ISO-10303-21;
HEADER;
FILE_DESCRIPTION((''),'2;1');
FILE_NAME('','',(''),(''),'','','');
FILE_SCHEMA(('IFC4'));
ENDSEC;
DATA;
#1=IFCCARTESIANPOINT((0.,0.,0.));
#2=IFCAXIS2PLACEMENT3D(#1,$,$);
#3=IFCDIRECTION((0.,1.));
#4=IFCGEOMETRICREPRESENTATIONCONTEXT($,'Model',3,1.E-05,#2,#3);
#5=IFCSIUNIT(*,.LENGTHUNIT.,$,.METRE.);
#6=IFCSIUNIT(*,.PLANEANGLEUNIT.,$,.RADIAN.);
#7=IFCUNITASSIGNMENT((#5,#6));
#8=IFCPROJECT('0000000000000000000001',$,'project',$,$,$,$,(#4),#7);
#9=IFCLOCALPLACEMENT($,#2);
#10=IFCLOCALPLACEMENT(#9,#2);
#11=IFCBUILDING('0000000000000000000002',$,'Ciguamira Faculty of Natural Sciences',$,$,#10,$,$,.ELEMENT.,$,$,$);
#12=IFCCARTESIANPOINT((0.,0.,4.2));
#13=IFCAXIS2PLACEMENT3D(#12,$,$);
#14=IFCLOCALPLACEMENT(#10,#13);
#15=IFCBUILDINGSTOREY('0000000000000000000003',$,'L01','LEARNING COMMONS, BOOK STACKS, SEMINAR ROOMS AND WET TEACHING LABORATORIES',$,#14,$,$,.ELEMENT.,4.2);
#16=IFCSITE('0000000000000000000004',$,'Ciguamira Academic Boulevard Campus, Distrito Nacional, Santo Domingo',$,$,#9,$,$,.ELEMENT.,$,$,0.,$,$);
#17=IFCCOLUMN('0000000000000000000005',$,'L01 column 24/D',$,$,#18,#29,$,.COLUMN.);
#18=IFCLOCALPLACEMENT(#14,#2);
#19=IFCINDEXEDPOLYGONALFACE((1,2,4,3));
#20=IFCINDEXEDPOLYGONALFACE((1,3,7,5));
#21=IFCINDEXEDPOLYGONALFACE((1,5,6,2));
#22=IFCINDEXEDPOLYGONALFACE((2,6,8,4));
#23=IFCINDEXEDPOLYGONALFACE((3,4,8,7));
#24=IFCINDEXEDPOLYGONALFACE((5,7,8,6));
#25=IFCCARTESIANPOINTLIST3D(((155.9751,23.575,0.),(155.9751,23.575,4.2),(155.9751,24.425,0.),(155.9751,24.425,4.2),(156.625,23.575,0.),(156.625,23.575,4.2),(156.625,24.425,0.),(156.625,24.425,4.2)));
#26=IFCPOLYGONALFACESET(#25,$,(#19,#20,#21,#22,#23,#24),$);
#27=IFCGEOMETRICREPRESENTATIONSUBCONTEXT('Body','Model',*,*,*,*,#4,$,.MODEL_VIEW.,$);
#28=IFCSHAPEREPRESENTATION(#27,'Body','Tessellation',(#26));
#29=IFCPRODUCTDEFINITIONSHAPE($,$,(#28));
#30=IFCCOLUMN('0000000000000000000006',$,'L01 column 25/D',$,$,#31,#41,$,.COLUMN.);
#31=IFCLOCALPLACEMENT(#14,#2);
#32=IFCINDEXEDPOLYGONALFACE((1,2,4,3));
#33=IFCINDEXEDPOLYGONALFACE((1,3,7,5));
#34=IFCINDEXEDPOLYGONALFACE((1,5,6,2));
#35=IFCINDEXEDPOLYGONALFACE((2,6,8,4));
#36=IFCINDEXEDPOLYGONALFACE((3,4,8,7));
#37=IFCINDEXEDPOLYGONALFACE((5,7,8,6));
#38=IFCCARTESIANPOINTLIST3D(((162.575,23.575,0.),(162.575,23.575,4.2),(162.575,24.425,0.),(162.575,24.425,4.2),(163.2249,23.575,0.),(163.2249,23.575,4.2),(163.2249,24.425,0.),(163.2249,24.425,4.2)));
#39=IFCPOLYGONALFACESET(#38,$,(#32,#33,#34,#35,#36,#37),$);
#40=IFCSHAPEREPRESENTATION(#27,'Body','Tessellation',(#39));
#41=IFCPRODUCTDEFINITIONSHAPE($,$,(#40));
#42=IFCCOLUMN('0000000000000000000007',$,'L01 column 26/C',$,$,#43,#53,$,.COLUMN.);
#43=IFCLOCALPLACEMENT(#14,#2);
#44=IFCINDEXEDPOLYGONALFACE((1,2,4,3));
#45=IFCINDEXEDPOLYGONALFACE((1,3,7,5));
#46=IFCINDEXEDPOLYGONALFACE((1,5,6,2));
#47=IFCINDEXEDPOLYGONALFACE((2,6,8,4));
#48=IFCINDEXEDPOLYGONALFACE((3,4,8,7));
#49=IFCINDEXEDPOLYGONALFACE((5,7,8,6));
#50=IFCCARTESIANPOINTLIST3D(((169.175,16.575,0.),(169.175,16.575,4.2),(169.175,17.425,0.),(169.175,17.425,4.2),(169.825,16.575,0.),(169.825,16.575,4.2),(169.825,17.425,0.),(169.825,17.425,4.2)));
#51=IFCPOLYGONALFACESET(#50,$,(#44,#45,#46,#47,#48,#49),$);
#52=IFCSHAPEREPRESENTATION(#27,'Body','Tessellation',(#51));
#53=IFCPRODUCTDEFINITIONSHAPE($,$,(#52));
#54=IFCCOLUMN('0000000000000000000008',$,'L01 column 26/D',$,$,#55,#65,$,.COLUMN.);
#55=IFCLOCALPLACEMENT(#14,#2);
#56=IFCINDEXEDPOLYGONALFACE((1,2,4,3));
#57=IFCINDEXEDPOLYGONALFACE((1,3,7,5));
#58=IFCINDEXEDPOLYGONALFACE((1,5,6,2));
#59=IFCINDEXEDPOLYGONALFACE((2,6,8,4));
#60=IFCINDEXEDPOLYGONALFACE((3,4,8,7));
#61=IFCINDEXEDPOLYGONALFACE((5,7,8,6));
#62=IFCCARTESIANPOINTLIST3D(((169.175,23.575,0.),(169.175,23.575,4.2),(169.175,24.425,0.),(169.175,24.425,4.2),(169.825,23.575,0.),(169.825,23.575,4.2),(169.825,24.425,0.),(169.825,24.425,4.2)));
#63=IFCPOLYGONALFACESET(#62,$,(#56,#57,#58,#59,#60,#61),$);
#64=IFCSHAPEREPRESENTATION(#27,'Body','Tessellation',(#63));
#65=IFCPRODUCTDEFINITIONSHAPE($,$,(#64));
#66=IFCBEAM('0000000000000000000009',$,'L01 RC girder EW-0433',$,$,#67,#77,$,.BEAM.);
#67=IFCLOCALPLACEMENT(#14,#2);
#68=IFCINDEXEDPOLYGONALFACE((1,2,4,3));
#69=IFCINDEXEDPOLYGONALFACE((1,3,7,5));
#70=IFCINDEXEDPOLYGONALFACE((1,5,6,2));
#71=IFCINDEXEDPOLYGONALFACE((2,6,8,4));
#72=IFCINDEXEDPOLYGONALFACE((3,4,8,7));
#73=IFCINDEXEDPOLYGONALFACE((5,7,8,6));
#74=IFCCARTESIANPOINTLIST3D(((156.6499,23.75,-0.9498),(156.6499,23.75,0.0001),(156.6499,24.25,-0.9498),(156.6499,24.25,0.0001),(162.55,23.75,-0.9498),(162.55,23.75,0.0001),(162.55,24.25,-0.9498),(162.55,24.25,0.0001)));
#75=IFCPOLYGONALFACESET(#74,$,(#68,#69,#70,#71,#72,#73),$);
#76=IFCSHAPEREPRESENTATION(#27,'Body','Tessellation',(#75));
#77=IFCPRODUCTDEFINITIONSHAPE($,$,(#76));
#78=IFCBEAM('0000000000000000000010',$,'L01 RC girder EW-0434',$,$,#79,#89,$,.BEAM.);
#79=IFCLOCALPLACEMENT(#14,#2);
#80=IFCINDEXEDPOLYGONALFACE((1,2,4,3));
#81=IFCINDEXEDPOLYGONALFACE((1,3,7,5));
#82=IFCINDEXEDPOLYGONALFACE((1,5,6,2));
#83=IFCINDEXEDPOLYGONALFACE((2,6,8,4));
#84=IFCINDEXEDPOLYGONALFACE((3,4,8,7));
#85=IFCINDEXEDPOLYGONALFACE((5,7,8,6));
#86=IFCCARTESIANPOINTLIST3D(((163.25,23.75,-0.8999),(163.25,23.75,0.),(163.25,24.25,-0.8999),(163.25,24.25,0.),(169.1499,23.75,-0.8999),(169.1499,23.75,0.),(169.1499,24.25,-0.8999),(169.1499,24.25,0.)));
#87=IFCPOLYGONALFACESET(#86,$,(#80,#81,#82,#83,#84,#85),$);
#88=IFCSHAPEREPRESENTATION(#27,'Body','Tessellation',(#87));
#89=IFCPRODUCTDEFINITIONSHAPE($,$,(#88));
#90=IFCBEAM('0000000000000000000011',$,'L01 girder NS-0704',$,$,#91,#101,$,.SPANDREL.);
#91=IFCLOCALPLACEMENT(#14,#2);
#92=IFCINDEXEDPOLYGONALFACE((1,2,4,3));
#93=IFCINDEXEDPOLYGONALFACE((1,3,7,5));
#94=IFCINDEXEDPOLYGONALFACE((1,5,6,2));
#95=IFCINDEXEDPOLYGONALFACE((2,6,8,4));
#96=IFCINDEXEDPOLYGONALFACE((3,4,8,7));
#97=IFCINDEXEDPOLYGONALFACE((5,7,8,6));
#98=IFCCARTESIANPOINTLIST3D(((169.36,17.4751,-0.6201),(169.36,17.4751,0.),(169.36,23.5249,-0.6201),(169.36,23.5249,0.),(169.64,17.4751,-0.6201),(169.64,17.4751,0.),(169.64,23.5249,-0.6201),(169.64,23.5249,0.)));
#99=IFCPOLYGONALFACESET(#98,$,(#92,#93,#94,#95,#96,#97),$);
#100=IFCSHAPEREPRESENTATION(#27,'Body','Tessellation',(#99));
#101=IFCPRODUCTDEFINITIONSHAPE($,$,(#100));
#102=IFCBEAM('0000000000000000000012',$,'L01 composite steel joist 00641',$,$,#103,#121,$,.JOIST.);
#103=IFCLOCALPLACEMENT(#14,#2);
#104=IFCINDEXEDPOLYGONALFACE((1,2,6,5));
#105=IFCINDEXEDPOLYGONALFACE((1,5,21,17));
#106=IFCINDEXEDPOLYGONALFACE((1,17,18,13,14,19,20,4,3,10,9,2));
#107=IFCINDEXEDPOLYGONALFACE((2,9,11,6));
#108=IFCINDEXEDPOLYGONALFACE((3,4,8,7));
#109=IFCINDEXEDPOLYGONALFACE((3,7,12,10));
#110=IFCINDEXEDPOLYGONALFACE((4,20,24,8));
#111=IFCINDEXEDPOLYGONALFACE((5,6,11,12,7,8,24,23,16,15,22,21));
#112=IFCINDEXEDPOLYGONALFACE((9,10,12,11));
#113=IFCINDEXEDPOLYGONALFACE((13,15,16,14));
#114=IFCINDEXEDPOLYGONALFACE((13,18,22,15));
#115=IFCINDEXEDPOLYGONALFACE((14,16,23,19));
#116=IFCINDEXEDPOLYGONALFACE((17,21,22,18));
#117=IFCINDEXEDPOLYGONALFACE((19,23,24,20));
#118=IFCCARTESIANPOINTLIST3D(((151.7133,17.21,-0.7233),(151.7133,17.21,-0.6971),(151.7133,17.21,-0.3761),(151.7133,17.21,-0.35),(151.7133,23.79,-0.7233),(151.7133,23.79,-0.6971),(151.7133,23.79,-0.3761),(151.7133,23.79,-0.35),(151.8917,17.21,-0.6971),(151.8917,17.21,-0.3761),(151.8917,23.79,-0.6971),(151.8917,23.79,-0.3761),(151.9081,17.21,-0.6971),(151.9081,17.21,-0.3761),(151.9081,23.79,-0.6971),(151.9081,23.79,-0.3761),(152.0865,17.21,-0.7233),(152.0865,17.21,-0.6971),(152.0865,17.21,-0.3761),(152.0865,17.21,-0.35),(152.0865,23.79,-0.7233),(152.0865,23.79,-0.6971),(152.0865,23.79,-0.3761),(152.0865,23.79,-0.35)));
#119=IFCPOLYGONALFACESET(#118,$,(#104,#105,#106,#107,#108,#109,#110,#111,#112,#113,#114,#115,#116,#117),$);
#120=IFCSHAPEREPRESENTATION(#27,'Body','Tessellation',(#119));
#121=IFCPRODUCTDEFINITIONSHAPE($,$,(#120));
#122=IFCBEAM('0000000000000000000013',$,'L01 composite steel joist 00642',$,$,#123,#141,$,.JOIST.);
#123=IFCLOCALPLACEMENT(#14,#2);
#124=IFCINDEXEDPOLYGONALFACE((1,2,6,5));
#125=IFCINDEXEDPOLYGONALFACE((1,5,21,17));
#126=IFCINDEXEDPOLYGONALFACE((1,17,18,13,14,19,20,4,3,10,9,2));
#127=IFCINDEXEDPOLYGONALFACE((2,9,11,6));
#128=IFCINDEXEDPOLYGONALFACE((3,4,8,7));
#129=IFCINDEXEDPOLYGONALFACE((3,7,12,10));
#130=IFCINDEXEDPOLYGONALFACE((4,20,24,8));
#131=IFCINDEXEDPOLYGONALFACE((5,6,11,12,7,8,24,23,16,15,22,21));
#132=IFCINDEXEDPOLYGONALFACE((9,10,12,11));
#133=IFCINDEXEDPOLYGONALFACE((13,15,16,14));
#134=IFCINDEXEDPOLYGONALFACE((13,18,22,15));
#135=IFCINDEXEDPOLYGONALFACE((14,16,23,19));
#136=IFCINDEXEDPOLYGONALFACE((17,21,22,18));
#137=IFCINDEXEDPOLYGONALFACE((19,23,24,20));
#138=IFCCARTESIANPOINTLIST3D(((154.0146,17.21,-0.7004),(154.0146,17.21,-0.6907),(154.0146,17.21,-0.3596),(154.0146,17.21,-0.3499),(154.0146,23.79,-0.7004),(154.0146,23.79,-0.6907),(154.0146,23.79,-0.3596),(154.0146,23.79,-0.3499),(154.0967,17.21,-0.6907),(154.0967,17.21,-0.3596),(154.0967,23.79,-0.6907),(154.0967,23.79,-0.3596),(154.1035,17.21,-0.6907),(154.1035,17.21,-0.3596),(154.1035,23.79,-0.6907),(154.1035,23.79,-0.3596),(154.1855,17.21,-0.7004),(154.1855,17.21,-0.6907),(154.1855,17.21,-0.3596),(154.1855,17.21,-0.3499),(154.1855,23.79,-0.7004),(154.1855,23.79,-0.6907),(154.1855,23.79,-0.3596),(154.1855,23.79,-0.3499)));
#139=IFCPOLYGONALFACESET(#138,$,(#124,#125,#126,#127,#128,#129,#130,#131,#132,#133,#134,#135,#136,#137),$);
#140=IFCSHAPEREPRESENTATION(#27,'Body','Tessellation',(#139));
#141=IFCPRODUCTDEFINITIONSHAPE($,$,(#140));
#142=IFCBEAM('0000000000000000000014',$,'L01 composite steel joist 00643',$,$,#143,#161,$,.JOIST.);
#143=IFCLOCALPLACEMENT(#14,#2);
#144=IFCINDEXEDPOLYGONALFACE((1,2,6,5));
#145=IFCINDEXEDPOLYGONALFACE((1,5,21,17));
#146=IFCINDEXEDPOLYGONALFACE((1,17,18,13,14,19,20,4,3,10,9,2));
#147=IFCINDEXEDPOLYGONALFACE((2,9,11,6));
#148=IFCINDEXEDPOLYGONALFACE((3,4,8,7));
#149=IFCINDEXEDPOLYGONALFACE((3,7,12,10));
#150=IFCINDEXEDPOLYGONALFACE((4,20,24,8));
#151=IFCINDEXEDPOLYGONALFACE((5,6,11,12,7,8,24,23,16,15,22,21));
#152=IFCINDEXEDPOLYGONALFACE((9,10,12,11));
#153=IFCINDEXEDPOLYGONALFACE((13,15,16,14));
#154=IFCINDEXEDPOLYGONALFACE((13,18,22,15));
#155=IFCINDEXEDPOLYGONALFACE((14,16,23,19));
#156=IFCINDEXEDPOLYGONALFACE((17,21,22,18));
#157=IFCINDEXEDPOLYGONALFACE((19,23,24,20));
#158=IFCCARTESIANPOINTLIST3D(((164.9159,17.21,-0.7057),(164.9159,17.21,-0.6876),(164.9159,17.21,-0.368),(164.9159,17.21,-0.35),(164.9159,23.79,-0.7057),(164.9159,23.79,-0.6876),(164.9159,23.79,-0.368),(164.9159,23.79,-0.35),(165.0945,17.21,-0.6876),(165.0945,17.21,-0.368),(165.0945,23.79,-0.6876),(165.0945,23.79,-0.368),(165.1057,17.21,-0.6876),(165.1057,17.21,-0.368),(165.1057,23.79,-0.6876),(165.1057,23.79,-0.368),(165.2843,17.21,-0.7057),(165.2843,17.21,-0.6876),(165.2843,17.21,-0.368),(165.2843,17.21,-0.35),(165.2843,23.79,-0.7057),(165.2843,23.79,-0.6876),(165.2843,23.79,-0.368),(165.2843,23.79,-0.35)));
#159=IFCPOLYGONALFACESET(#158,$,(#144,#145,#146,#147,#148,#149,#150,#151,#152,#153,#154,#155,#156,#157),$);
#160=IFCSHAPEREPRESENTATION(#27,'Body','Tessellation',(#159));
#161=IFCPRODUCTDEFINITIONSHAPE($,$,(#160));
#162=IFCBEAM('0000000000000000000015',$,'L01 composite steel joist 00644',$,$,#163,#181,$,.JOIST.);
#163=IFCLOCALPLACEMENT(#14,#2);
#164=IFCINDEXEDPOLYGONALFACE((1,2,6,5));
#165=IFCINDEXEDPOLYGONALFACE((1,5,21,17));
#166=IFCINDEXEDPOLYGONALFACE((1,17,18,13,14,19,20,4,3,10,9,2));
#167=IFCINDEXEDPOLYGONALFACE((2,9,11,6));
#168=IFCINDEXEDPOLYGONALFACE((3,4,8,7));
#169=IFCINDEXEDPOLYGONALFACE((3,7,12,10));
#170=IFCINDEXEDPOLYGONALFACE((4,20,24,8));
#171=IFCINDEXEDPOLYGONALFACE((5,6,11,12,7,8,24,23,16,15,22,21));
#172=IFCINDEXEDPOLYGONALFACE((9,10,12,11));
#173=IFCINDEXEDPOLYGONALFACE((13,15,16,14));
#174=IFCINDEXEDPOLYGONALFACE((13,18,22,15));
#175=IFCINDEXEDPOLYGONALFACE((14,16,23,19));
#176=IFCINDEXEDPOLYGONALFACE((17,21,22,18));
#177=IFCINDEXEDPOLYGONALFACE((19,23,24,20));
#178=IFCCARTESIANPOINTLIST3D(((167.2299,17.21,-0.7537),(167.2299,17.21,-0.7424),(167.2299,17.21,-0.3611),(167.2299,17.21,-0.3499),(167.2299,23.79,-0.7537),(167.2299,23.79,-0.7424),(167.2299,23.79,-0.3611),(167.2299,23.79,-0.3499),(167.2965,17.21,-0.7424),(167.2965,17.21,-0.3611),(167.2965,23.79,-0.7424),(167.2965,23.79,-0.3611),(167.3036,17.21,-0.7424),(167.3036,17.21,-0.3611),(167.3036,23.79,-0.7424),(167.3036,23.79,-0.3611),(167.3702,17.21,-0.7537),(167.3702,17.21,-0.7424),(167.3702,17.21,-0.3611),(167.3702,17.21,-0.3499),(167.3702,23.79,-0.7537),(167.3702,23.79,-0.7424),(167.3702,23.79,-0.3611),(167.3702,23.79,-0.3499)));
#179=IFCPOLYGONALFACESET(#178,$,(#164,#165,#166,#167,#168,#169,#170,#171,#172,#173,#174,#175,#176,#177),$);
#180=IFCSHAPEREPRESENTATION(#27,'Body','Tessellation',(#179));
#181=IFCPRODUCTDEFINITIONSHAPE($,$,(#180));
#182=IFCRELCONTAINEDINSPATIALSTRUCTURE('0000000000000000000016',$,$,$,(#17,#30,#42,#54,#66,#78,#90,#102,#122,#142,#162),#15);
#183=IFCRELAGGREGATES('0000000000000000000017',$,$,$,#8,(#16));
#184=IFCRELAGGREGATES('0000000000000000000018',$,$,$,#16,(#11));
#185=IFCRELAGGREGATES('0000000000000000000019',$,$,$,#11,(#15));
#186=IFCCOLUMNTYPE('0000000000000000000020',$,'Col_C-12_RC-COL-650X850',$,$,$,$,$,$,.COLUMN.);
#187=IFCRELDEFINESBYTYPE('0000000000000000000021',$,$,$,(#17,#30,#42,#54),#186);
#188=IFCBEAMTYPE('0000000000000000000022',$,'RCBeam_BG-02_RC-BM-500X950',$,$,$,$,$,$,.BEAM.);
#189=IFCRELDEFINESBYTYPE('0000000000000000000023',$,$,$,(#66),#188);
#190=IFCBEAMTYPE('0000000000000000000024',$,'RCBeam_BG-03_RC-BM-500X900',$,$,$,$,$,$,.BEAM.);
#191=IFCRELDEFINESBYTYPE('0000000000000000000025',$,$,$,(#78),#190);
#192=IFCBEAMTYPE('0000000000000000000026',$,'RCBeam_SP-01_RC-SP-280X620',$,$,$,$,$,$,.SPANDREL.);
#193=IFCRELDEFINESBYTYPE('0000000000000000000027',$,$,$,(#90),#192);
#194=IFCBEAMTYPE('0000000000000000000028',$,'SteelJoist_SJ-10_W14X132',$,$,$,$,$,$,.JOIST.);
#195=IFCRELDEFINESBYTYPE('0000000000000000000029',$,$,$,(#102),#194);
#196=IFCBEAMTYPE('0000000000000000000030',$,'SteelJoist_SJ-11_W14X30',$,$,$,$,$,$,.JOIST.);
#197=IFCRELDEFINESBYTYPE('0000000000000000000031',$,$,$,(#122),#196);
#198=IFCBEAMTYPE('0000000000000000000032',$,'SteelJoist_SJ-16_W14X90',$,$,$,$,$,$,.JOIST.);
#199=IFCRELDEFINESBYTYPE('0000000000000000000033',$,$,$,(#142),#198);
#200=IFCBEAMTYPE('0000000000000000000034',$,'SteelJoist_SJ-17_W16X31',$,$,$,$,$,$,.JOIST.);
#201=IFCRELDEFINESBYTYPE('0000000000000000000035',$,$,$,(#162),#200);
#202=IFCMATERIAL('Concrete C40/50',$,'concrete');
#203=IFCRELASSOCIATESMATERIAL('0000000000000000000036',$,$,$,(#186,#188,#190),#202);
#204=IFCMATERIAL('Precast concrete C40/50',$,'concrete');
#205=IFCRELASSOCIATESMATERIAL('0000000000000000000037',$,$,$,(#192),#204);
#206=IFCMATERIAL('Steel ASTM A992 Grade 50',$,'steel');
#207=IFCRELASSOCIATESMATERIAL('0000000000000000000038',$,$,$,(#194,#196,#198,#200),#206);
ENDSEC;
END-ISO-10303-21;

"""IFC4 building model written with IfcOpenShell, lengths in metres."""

from ifc_helpers import new_model, si_unit, direction, frame, origin, origin_2d, place, context, subcontext, project, spatial, rectangle, i_section, extrude, material, material_profile, profile_set, type_object, element, save


model = new_model("IFC4")

# Units and contexts
model_context = context("Model", 3, precision=1e-05, world=origin(), true_north=direction((0.0, 1.0)))
body_context = subcontext(model_context, "Body", "Model", "MODEL_VIEW")
ifc_project = project(units=[si_unit("LENGTHUNIT", "METRE"), si_unit("PLANEANGLEUNIT", "RADIAN")], contexts=[model_context])

# Site, building, storey
site_placement = place(None, origin())
site = spatial("IfcSite", under=ifc_project, at=site_placement, Name="Ciguamira Academic Boulevard Campus, Distrito Nacional, Santo Domingo", CompositionType="ELEMENT", RefElevation=0.0)
building_placement = place(site_placement, origin())
building = spatial("IfcBuilding", under=site, at=building_placement, Name="Ciguamira Faculty of Natural Sciences", CompositionType="ELEMENT")
storey_placement = place(building_placement, frame((0.0, 0.0, 4.2)))
storey = spatial("IfcBuildingStorey", under=building, at=storey_placement, Name="L01", Description="LEARNING COMMONS, BOOK STACKS, SEMINAR ROOMS AND WET TEACHING LABORATORIES", CompositionType="ELEMENT", Elevation=4.2)

# Columns
ifc_material_1 = material(Name="Concrete C40/50", Category="concrete")
ifc_material_profile_1 = material_profile(ifc_material_1, rectangle(XDim=0.6499, YDim=0.8501, at=origin_2d()), Name="RC-COL-650X850")
ifc_profile_set_1 = profile_set([ifc_material_profile_1], Name="Concrete C40/50")
column_type = type_object("IfcColumnType", Name="Col_C-12_RC-COL-650X850", PredefinedType="COLUMN", material=ifc_profile_set_1)
for number, where, z_axis, x_axis, name in (
    (1, (156.3, 24.0, 0.0), (0.0, 0.0, 1.0), (1.0, 0.0, 0.0), "L01 column 24/D"),
    (2, (162.8999, 24.0, 0.0), (0.0, 0.0, 1.0), (1.0, 0.0, 0.0), "L01 column 25/D"),
    (3, (169.5, 17.0, 0.0), (0.0, 0.0, 1.0), (1.0, 0.0, 0.0), "L01 column 26/C"),
    (4, (169.5, 24.0, 0.0), (0.0, 0.0, 1.0), (1.0, 0.0, 0.0), "L01 column 26/D"),
):
    element("IfcColumn", number, at=place(storey_placement, frame(where, z_axis=z_axis, x_axis=x_axis)), inside=storey, type_object=column_type, Name=name, PredefinedType="COLUMN", context=body_context, shape_type="SweptSolid", body=[
        extrude(rectangle(XDim=0.6499, YDim=0.8501, at=origin_2d()), origin(), (0.0, 0.0, 1.0), 4.2),
    ])

# Beams
ifc_material_profile_2 = material_profile(ifc_material_1, rectangle(XDim=0.5, YDim=0.95, at=origin_2d()), Name="RC-BM-500X950")
ifc_profile_set_2 = profile_set([ifc_material_profile_2], Name="Concrete C40/50")
beam_type_1 = type_object("IfcBeamType", Name="RCBeam_BG-02_RC-BM-500X950", PredefinedType="BEAM", material=ifc_profile_set_2)
beam_1_placement = place(storey_placement, frame((156.6499, 24.0, -0.4749), z_axis=(1.0, 0.0, 0.0), x_axis=(0.0, 1.0, 0.0)))
element("IfcBeam", 5, at=beam_1_placement, inside=storey, type_object=beam_type_1, Name="L01 RC girder EW-0433", PredefinedType="BEAM", context=body_context, shape_type="SweptSolid", body=[
    extrude(rectangle(XDim=0.5, YDim=0.95, at=origin_2d()), origin(), (0.0, 0.0, 1.0), 5.9001),
])
ifc_material_profile_3 = material_profile(ifc_material_1, rectangle(XDim=0.5, YDim=0.8999, at=origin_2d()), Name="RC-BM-500X900")
ifc_profile_set_3 = profile_set([ifc_material_profile_3], Name="Concrete C40/50")
beam_type_2 = type_object("IfcBeamType", Name="RCBeam_BG-03_RC-BM-500X900", PredefinedType="BEAM", material=ifc_profile_set_3)
beam_2_placement = place(storey_placement, frame((163.25, 24.0, -0.45), z_axis=(1.0, 0.0, 0.0), x_axis=(0.0, 1.0, 0.0)))
element("IfcBeam", 6, at=beam_2_placement, inside=storey, type_object=beam_type_2, Name="L01 RC girder EW-0434", PredefinedType="BEAM", context=body_context, shape_type="SweptSolid", body=[
    extrude(rectangle(XDim=0.5, YDim=0.8999, at=origin_2d()), origin(), (0.0, 0.0, 1.0), 5.8999),
])
ifc_material_2 = material(Name="Precast concrete C40/50", Category="concrete")
ifc_material_profile_4 = material_profile(ifc_material_2, rectangle(XDim=0.28, YDim=0.6201, at=origin_2d()), Name="RC-SP-280X620")
ifc_profile_set_4 = profile_set([ifc_material_profile_4], Name="Precast concrete C40/50")
beam_type_3 = type_object("IfcBeamType", Name="RCBeam_SP-01_RC-SP-280X620", PredefinedType="SPANDREL", material=ifc_profile_set_4)
beam_3_placement = place(storey_placement, frame((169.5, 17.4751, -0.3101), z_axis=(0.0, 1.0, 0.0), x_axis=(-1.0, 0.0, 0.0)))
element("IfcBeam", 7, at=beam_3_placement, inside=storey, type_object=beam_type_3, Name="L01 girder NS-0704", PredefinedType="SPANDREL", context=body_context, shape_type="SweptSolid", body=[
    extrude(rectangle(XDim=0.28, YDim=0.6201, at=origin_2d()), origin(), (0.0, 0.0, 1.0), 6.0498),
])
ifc_material_3 = material(Name="Steel ASTM A992 Grade 50", Category="steel")
ifc_material_profile_5 = material_profile(ifc_material_3, i_section(OverallWidth=0.3733, OverallDepth=0.3733, WebThickness=0.0164, FlangeThickness=0.0261, at=origin_2d()), Name="W14X132")
ifc_profile_set_5 = profile_set([ifc_material_profile_5], Name="Steel ASTM A992 Grade 50")
beam_type_4 = type_object("IfcBeamType", Name="SteelJoist_SJ-10_W14X132", PredefinedType="JOIST", material=ifc_profile_set_5)
beam_4_placement = place(storey_placement, frame((151.8999, 17.21, -0.5366), z_axis=(0.0, 1.0, 0.0), x_axis=(-1.0, 0.0, 0.0)))
element("IfcBeam", 8, at=beam_4_placement, inside=storey, type_object=beam_type_4, Name="L01 composite steel joist 00641", PredefinedType="JOIST", context=body_context, shape_type="SweptSolid", body=[
    extrude(i_section(OverallWidth=0.3733, OverallDepth=0.3733, WebThickness=0.0164, FlangeThickness=0.0261, at=origin_2d()), origin(), (0.0, 0.0, 1.0), 6.5801),
])
ifc_material_profile_6 = material_profile(ifc_material_3, i_section(OverallWidth=0.1709, OverallDepth=0.3506, WebThickness=0.0068, FlangeThickness=0.0098, at=origin_2d()), Name="W14X30")
ifc_profile_set_6 = profile_set([ifc_material_profile_6], Name="Steel ASTM A992 Grade 50")
beam_type_5 = type_object("IfcBeamType", Name="SteelJoist_SJ-11_W14X30", PredefinedType="JOIST", material=ifc_profile_set_6)
beam_5_placement = place(storey_placement, frame((154.1001, 17.21, -0.5251), z_axis=(0.0, 1.0, 0.0), x_axis=(-1.0, 0.0, 0.0)))
element("IfcBeam", 9, at=beam_5_placement, inside=storey, type_object=beam_type_5, Name="L01 composite steel joist 00642", PredefinedType="JOIST", context=body_context, shape_type="SweptSolid", body=[
    extrude(i_section(OverallWidth=0.1709, OverallDepth=0.3506, WebThickness=0.0068, FlangeThickness=0.0098, at=origin_2d()), origin(), (0.0, 0.0, 1.0), 6.5801),
])
ifc_material_profile_7 = material_profile(ifc_material_3, i_section(OverallWidth=0.3684, OverallDepth=0.3557, WebThickness=0.0112, FlangeThickness=0.0181, at=origin_2d()), Name="W14X90")
ifc_profile_set_7 = profile_set([ifc_material_profile_7], Name="Steel ASTM A992 Grade 50")
beam_type_6 = type_object("IfcBeamType", Name="SteelJoist_SJ-16_W14X90", PredefinedType="JOIST", material=ifc_profile_set_7)
beam_6_placement = place(storey_placement, frame((165.1001, 17.21, -0.5278), z_axis=(0.0, 1.0, 0.0), x_axis=(-1.0, 0.0, 0.0)))
element("IfcBeam", 10, at=beam_6_placement, inside=storey, type_object=beam_type_6, Name="L01 composite steel joist 00643", PredefinedType="JOIST", context=body_context, shape_type="SweptSolid", body=[
    extrude(i_section(OverallWidth=0.3684, OverallDepth=0.3557, WebThickness=0.0112, FlangeThickness=0.0181, at=origin_2d()), origin(), (0.0, 0.0, 1.0), 6.5801),
])
ifc_material_profile_8 = material_profile(ifc_material_3, i_section(OverallWidth=0.1404, OverallDepth=0.4038, WebThickness=0.0071, FlangeThickness=0.0112, at=origin_2d()), Name="W16X31")
ifc_profile_set_8 = profile_set([ifc_material_profile_8], Name="Steel ASTM A992 Grade 50")
beam_type_7 = type_object("IfcBeamType", Name="SteelJoist_SJ-17_W16X31", PredefinedType="JOIST", material=ifc_profile_set_8)
beam_7_placement = place(storey_placement, frame((167.3, 17.21, -0.5518), z_axis=(0.0, 1.0, 0.0), x_axis=(-1.0, 0.0, 0.0)))
element("IfcBeam", 11, at=beam_7_placement, inside=storey, type_object=beam_type_7, Name="L01 composite steel joist 00644", PredefinedType="JOIST", context=body_context, shape_type="SweptSolid", body=[
    extrude(i_section(OverallWidth=0.1404, OverallDepth=0.4038, WebThickness=0.0071, FlangeThickness=0.0112, at=origin_2d()), origin(), (0.0, 0.0, 1.0), 6.5801),
])

save(model, "model.ifc")
